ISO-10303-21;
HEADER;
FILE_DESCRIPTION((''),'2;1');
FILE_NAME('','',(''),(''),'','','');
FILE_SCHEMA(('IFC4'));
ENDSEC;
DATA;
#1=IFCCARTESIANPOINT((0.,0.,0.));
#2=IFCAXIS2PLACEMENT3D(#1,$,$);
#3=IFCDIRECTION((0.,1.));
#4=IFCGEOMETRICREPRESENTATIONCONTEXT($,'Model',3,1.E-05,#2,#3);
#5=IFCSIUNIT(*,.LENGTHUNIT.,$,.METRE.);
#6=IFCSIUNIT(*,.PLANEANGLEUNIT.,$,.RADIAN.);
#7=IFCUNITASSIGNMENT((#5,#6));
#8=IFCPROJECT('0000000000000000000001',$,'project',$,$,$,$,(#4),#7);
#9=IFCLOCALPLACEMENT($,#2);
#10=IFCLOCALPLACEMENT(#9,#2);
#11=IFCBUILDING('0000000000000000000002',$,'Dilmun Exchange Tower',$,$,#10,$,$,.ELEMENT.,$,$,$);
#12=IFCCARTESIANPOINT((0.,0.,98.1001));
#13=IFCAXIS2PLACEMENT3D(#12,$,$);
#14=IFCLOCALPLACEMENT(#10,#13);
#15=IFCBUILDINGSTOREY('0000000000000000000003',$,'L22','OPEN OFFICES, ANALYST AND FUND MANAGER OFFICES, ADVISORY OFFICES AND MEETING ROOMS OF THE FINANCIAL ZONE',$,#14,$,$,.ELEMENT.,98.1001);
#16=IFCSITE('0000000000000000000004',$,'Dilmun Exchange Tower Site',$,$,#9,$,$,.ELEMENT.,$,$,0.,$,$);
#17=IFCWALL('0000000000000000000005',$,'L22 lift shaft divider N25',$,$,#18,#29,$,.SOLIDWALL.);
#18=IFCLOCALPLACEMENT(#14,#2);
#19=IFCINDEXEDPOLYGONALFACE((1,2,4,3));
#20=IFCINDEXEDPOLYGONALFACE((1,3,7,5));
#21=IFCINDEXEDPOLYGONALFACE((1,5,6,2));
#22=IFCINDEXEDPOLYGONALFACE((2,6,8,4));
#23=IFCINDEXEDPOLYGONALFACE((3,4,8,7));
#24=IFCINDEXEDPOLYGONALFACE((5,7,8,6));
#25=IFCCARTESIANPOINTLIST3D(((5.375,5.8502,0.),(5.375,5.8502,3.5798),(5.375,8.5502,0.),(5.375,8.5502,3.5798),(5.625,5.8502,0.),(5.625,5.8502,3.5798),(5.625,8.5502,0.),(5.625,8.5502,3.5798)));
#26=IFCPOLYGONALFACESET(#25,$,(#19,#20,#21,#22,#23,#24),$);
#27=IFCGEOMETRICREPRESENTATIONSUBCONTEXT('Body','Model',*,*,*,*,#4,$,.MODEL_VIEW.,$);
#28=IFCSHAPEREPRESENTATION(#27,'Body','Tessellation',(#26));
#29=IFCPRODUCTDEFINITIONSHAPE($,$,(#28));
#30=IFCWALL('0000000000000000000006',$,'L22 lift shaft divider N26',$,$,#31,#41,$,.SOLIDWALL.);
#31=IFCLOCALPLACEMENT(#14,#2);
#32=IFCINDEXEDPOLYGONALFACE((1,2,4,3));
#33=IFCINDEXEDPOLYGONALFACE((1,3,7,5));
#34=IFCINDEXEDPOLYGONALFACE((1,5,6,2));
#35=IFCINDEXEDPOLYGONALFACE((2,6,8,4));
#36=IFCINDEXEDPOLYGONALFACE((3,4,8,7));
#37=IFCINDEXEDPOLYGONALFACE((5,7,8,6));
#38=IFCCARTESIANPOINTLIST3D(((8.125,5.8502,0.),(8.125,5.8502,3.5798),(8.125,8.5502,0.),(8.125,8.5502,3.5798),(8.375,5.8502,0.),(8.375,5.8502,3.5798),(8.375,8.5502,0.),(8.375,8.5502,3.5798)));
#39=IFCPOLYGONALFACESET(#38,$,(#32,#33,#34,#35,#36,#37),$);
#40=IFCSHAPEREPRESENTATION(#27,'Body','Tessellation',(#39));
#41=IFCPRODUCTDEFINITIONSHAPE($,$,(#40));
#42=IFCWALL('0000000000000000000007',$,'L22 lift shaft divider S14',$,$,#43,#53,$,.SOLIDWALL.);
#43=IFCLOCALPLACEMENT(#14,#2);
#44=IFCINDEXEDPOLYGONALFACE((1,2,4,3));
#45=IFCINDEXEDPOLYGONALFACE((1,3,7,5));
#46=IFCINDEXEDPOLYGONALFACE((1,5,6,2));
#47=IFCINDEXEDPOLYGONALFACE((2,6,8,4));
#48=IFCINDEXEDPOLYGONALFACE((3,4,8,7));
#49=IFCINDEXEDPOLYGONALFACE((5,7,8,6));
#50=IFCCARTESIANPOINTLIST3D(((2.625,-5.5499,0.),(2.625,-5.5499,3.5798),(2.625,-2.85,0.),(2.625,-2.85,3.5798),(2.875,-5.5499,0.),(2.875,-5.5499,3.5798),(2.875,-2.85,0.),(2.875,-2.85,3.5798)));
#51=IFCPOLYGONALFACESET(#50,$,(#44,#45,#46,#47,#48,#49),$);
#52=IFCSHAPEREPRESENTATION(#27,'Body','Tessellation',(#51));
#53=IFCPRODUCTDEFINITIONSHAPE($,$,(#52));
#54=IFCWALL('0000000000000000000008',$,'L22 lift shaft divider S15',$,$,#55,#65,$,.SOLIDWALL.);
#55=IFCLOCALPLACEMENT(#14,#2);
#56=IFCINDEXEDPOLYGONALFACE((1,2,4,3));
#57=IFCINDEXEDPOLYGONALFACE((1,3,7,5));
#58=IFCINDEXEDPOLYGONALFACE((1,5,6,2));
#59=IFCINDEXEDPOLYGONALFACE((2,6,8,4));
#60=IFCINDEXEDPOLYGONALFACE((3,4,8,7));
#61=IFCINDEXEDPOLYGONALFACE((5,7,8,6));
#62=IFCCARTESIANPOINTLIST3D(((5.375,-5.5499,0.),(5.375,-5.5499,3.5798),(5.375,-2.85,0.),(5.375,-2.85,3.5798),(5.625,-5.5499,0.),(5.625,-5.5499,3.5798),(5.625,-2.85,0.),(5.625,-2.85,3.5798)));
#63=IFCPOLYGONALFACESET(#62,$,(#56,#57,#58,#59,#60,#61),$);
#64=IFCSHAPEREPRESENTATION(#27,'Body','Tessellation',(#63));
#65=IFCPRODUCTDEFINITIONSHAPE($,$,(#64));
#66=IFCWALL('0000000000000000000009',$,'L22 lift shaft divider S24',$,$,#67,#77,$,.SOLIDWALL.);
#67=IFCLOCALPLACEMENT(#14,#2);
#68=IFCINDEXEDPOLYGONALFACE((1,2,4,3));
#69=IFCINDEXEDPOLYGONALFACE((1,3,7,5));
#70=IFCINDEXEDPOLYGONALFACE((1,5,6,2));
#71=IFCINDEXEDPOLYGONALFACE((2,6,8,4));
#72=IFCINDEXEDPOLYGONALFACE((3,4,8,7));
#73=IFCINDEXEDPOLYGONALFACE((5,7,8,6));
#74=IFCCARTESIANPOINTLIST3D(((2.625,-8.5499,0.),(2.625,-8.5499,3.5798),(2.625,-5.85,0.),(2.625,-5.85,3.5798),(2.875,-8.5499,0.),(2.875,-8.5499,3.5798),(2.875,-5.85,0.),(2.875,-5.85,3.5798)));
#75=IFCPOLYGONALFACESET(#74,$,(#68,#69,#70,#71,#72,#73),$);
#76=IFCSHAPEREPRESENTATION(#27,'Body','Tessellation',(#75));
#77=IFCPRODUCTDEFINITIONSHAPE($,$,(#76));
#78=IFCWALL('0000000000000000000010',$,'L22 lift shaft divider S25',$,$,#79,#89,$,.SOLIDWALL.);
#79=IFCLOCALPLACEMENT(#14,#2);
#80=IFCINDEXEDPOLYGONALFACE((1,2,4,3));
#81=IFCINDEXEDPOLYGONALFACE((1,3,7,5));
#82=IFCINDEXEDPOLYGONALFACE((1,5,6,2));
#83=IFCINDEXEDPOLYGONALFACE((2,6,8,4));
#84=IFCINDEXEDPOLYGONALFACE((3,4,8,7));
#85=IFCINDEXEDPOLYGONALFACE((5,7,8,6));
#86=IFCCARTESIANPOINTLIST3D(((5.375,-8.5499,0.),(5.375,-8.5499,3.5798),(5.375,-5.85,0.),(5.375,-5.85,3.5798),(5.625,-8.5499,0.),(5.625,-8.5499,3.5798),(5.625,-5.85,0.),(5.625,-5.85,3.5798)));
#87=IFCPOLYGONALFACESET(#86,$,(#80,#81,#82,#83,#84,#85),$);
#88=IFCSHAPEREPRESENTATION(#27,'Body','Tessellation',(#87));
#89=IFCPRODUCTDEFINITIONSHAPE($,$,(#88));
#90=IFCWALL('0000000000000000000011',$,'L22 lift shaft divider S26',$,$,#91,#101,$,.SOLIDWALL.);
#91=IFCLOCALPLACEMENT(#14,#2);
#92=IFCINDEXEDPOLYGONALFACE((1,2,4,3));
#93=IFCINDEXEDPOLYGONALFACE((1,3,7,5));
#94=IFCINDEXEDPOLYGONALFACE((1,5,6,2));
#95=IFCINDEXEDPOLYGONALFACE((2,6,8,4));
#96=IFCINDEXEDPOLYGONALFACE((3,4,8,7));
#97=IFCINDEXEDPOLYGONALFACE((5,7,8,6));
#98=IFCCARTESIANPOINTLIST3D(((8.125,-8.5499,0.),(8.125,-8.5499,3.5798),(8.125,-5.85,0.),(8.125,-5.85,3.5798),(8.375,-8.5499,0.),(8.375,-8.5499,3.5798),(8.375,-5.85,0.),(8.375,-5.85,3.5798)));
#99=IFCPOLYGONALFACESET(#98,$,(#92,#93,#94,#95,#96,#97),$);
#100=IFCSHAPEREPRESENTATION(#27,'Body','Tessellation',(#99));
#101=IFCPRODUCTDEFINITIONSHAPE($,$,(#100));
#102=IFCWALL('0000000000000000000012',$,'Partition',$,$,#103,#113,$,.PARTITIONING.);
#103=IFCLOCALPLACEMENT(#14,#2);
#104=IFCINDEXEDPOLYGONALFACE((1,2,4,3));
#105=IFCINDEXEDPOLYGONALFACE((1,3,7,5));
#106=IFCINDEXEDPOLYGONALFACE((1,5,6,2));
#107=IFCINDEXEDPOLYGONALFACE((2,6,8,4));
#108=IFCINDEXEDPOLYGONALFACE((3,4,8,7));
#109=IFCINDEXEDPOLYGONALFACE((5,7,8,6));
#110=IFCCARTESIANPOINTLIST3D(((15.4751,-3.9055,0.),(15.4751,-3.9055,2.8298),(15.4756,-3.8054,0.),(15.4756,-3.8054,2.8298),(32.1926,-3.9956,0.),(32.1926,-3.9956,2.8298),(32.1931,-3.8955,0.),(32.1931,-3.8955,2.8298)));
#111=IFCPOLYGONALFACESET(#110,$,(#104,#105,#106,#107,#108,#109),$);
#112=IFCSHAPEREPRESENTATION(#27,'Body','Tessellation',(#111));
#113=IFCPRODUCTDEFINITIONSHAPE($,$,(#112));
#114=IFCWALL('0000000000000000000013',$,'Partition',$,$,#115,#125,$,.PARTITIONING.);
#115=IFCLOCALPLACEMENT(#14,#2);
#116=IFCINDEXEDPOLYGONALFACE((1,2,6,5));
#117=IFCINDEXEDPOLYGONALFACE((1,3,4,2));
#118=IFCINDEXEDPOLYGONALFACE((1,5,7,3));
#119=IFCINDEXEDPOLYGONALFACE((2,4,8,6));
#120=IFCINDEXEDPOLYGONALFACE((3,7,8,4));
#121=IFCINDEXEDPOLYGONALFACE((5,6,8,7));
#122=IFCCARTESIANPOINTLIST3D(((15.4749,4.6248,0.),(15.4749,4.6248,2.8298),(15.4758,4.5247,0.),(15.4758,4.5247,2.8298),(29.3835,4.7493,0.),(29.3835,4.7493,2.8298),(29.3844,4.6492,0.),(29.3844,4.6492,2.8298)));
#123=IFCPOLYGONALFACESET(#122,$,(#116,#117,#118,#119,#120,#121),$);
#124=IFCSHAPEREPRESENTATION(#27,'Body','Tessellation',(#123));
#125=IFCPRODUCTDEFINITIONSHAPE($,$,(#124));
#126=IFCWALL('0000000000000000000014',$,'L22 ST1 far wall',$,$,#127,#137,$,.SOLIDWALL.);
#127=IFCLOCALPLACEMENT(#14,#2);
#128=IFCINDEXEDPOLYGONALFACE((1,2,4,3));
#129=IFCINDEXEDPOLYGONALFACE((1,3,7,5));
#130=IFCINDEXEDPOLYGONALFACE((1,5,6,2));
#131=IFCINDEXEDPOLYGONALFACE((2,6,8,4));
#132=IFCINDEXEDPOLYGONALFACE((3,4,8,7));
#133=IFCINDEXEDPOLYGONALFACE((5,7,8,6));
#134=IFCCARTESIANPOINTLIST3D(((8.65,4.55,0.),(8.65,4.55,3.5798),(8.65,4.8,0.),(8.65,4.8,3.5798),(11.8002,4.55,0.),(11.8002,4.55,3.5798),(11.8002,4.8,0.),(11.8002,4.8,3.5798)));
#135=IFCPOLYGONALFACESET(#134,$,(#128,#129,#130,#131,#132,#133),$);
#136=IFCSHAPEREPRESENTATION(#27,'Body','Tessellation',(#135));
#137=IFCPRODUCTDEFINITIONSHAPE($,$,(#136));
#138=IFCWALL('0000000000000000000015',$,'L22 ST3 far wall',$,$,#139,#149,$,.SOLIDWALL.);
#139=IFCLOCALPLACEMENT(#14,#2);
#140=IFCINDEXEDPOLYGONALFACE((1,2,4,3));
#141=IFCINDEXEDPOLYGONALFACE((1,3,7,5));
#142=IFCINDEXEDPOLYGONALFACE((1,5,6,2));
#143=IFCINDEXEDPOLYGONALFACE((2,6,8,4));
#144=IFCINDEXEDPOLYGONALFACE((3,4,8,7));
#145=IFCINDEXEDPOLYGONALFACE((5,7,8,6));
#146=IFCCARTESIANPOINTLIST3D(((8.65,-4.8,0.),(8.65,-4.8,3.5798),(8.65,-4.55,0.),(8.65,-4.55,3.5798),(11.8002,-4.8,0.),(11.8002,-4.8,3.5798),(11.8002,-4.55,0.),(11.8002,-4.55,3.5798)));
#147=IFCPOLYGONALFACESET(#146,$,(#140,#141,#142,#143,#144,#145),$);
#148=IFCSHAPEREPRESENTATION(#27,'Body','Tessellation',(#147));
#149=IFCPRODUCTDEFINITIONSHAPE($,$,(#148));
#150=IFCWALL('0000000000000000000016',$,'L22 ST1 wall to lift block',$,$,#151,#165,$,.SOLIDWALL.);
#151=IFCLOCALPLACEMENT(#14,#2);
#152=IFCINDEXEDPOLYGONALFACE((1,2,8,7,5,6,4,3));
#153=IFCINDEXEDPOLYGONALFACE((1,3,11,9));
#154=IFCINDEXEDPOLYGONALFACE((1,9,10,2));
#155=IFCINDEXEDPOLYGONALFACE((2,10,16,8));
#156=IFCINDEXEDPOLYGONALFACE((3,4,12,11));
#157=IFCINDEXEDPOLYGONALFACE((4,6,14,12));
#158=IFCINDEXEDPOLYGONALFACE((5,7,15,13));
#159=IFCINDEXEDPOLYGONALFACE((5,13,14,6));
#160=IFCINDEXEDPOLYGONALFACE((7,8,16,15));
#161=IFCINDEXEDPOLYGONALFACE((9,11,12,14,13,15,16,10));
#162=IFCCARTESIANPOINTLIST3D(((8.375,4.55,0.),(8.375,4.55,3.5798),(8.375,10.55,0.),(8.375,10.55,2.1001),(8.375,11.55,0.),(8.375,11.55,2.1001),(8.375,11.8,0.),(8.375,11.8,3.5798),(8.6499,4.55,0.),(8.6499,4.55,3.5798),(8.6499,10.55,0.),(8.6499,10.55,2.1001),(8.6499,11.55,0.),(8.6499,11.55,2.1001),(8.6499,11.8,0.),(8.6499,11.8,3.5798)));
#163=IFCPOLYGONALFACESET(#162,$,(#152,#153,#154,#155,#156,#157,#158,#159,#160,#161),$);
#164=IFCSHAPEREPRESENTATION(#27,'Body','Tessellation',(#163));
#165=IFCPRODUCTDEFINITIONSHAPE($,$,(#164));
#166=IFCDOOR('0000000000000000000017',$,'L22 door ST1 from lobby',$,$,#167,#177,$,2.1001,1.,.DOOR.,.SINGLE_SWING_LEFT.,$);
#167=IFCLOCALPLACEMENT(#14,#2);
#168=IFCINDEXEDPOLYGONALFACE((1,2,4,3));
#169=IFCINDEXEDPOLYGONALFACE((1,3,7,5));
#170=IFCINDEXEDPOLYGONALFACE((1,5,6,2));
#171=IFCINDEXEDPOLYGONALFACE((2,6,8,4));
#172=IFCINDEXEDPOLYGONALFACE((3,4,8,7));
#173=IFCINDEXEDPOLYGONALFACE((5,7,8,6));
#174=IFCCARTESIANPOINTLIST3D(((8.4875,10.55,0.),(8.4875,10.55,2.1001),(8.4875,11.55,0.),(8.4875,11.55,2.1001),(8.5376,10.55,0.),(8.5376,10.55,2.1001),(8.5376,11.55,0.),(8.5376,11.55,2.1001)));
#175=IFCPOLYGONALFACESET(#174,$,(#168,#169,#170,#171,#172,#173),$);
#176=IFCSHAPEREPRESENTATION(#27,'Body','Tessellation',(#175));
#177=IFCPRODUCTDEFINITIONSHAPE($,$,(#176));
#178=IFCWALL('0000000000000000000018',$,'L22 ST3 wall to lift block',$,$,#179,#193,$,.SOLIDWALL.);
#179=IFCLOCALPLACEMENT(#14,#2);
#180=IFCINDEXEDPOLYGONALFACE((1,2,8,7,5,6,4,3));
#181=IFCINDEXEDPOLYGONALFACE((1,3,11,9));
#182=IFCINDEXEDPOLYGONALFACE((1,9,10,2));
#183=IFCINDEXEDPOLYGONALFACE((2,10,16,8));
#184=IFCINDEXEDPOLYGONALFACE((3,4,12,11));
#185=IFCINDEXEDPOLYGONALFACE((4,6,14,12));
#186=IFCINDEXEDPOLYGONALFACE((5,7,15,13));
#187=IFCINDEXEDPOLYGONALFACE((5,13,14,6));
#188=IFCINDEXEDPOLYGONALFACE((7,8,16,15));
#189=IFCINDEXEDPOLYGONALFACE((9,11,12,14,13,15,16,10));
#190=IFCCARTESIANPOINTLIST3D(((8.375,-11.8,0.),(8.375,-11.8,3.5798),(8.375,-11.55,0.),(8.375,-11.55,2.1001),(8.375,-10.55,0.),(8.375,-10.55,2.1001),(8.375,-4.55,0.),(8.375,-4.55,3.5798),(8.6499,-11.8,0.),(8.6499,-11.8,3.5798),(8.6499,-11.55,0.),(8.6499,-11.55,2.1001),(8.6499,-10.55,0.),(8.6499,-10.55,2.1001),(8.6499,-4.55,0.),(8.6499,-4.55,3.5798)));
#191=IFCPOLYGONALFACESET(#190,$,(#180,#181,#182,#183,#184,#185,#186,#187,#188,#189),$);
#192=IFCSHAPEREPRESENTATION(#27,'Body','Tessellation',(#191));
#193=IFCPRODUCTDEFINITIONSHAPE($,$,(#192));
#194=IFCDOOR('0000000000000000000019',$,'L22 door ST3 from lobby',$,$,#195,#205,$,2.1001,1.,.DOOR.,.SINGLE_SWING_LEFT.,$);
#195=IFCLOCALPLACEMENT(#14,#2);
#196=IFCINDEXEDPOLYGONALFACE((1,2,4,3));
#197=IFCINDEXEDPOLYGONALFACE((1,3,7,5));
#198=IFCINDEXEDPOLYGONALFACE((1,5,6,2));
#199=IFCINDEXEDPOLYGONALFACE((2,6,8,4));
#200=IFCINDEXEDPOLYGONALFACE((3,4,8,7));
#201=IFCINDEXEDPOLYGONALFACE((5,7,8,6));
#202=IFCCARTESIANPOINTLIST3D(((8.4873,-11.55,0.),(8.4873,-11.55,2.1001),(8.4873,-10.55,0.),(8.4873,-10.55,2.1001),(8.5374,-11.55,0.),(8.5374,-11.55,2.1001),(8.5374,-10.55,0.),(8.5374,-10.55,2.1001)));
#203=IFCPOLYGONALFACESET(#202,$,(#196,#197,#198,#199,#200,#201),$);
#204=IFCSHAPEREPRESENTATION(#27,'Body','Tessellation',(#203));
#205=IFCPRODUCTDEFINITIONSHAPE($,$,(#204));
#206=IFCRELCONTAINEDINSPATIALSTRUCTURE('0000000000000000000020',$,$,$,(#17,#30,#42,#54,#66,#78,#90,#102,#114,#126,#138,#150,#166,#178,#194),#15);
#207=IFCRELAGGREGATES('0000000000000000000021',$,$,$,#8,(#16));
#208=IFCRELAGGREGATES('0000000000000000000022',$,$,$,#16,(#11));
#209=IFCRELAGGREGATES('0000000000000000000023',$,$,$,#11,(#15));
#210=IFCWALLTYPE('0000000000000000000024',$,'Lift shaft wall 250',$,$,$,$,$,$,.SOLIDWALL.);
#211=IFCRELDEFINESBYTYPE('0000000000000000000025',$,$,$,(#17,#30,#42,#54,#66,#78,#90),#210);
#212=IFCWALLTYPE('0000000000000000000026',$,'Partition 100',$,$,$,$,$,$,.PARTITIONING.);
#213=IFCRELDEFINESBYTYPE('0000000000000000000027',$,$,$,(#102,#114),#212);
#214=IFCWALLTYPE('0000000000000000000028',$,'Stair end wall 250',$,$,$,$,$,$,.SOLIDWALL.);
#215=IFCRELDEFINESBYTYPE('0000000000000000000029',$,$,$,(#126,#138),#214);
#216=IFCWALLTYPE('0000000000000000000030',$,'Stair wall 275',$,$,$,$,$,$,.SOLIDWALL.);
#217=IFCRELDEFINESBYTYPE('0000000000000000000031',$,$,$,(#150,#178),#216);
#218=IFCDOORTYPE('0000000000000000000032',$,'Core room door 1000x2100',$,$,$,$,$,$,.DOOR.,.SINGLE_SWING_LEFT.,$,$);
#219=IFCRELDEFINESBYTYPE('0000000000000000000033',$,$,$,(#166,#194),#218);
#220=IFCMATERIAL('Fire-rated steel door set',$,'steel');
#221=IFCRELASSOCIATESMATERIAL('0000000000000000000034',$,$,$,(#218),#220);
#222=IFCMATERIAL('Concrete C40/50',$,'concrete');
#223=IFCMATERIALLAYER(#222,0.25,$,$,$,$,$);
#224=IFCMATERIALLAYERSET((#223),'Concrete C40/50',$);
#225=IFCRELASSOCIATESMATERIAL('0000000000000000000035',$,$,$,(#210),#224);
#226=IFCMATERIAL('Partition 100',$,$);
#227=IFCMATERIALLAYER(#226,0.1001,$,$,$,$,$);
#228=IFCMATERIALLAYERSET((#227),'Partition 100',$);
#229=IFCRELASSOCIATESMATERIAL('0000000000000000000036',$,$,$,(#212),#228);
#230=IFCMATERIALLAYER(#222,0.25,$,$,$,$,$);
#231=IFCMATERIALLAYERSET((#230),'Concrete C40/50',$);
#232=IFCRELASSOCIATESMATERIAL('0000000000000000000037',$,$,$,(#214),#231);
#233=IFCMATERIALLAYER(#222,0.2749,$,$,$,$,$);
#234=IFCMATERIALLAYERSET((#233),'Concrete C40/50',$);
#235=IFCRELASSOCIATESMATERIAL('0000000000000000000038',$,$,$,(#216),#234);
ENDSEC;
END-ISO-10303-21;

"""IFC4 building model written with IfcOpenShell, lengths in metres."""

from ifc_helpers import new_model, si_unit, direction, frame, frame_2d, origin, place, context, subcontext, project, spatial, rectangle, extrude, material, layer, layer_set, type_object, element, fill, save


model = new_model("IFC4")

# Units and contexts
model_context = context("Model", 3, precision=1e-05, world=origin(), true_north=direction((0.0, 1.0)))
body_context = subcontext(model_context, "Body", "Model", "MODEL_VIEW")
ifc_project = project(units=[si_unit("LENGTHUNIT", "METRE"), si_unit("PLANEANGLEUNIT", "RADIAN")], contexts=[model_context])

# Site, building, storey
site_placement = place(None, origin())
site = spatial("IfcSite", under=ifc_project, at=site_placement, Name="Dilmun Exchange Tower Site", CompositionType="ELEMENT", RefElevation=0.0)
building_placement = place(site_placement, origin())
building = spatial("IfcBuilding", under=site, at=building_placement, Name="Dilmun Exchange Tower", CompositionType="ELEMENT")
storey_placement = place(building_placement, frame((0.0, 0.0, 98.1001)))
storey = spatial("IfcBuildingStorey", under=building, at=storey_placement, Name="L22", Description="OPEN OFFICES, ANALYST AND FUND MANAGER OFFICES, ADVISORY OFFICES AND MEETING ROOMS OF THE FINANCIAL ZONE", CompositionType="ELEMENT", Elevation=98.1001)

# Shared definitions
ifc_material_1 = material(Name="Concrete C40/50", Category="concrete")

# Shared definitions
ifc_material_2 = material(Name="Fire-rated steel door set", Category="steel")

# Shared definitions
door_type_1 = type_object("IfcDoorType", Name="Core room door 1000x2100", OperationType="SINGLE_SWING_LEFT", PredefinedType="DOOR", material=ifc_material_2)

# Walls
ifc_layer_1 = layer(ifc_material_1, 0.25)
ifc_layer_set_1 = layer_set([ifc_layer_1], Name="Concrete C40/50")
wall_type_1 = type_object("IfcWallType", Name="Lift shaft wall 250", PredefinedType="SOLIDWALL", material=ifc_layer_set_1)
for number, where, z_axis, x_axis, name in (
    (1, (5.5, 5.8501, 0.0), (0.0, 0.0, 1.0), (0.0, 1.0, 0.0), "L22 lift shaft divider N25"),
    (2, (8.25, 5.8501, 0.0), (0.0, 0.0, 1.0), (0.0, 1.0, 0.0), "L22 lift shaft divider N26"),
    (3, (2.75, -5.55, 0.0), (0.0, 0.0, 1.0), (0.0, 1.0, 0.0), "L22 lift shaft divider S14"),
    (4, (5.5, -5.55, 0.0), (0.0, 0.0, 1.0), (0.0, 1.0, 0.0), "L22 lift shaft divider S15"),
    (5, (2.75, -8.55, 0.0), (0.0, 0.0, 1.0), (0.0, 1.0, 0.0), "L22 lift shaft divider S24"),
    (6, (5.5, -8.55, 0.0), (0.0, 0.0, 1.0), (0.0, 1.0, 0.0), "L22 lift shaft divider S25"),
    (7, (8.25, -8.55, 0.0), (0.0, 0.0, 1.0), (0.0, 1.0, 0.0), "L22 lift shaft divider S26"),
):
    element("IfcWall", number, at=place(storey_placement, frame(where, z_axis=z_axis, x_axis=x_axis)), inside=storey, type_object=wall_type_1, Name=name, PredefinedType="SOLIDWALL", context=body_context, shape_type="SweptSolid", body=[
        extrude(rectangle(XDim=2.7, YDim=0.25, at=frame_2d((1.3501, 0.0))), origin(), (0.0, 0.0, 1.0), 3.5798),
    ])
ifc_material_3 = material(Name="Partition 100")
ifc_layer_2 = layer(ifc_material_3, 0.1001)
ifc_layer_set_2 = layer_set([ifc_layer_2], Name="Partition 100")
wall_type_2 = type_object("IfcWallType", Name="Partition 100", PredefinedType="PARTITIONING", material=ifc_layer_set_2)
wall_1_placement = place(storey_placement, frame((15.4753, -3.8555, 0.0), z_axis=(0.0, 0.0, 1.0), x_axis=(0.999985, -0.005389, 0.0)))
element("IfcWall", 8, at=wall_1_placement, inside=storey, type_object=wall_type_2, Name="Partition", PredefinedType="PARTITIONING", context=body_context, shape_type="SweptSolid", body=[
    extrude(rectangle(XDim=16.7178, YDim=0.1001, at=frame_2d((8.3589, 0.0))), origin(), (0.0, 0.0, 1.0), 2.8298),
])
wall_2_placement = place(storey_placement, frame((15.4753, 4.5747, 0.0), z_axis=(0.0, 0.0, 1.0), x_axis=(0.99996, 0.008952, 0.0)))
element("IfcWall", 9, at=wall_2_placement, inside=storey, type_object=wall_type_2, Name="Partition", PredefinedType="PARTITIONING", context=body_context, shape_type="SweptSolid", body=[
    extrude(rectangle(XDim=13.9092, YDim=0.1001, at=frame_2d((6.9546, 0.0))), origin(), (0.0, 0.0, 1.0), 2.8298),
])
ifc_layer_3 = layer(ifc_material_1, 0.25)
ifc_layer_set_3 = layer_set([ifc_layer_3], Name="Concrete C40/50")
wall_type_3 = type_object("IfcWallType", Name="Stair end wall 250", PredefinedType="SOLIDWALL", material=ifc_layer_set_3)
for number, where, z_axis, x_axis, name in (
    (10, (8.6499, 4.675, 0.0), (0.0, 0.0, 1.0), (1.0, 0.0, 0.0), "L22 ST1 far wall"),
    (11, (8.6499, -4.675, 0.0), (0.0, 0.0, 1.0), (1.0, 0.0, 0.0), "L22 ST3 far wall"),
):
    element("IfcWall", number, at=place(storey_placement, frame(where, z_axis=z_axis, x_axis=x_axis)), inside=storey, type_object=wall_type_3, Name=name, PredefinedType="SOLIDWALL", context=body_context, shape_type="SweptSolid", body=[
        extrude(rectangle(XDim=3.1501, YDim=0.25, at=frame_2d((1.5752, 0.0))), origin(), (0.0, 0.0, 1.0), 3.5798),
    ])

# Walls, openings, doors
ifc_layer_4 = layer(ifc_material_1, 0.2749)
ifc_layer_set_4 = layer_set([ifc_layer_4], Name="Concrete C40/50")
wall_type_4 = type_object("IfcWallType", Name="Stair wall 275", PredefinedType="SOLIDWALL", material=ifc_layer_set_4)
wall_3_placement = place(storey_placement, frame((8.5125, 4.55, 0.0), z_axis=(0.0, 0.0, 1.0), x_axis=(0.0, 1.0, 0.0)))
wall_3 = element("IfcWall", 12, at=wall_3_placement, inside=storey, type_object=wall_type_4, Name="L22 ST1 wall to lift block", PredefinedType="SOLIDWALL", context=body_context, shape_type="SweptSolid", body=[
    extrude(rectangle(XDim=7.25, YDim=0.2749, at=frame_2d((3.625, 0.0))), origin(), (0.0, 0.0, 1.0), 3.5798),
])
opening_1_placement = place(wall_3_placement, frame((6.0, 0.0, 0.0)))
opening_1 = element("IfcOpeningElement", 13, at=opening_1_placement, cuts=wall_3, PredefinedType="OPENING", context=body_context, shape_type="SweptSolid", body=[
    extrude(rectangle(XDim=1.0, YDim=2.1001, at=frame_2d((0.5, 1.05))), frame((0.0, 0.1475, 0.0), z_axis=(0.0, -1.0, 0.0), x_axis=(1.0, 0.0, 0.0)), (0.0, 0.0, 1.0), 0.2949),
])
door_1_placement = place(opening_1_placement, origin())
door_1 = element("IfcDoor", 14, at=door_1_placement, inside=storey, type_object=door_type_1, Name="L22 door ST1 from lobby", OperationType="SINGLE_SWING_LEFT", OverallHeight=2.1001, OverallWidth=1.0, PredefinedType="DOOR", context=body_context, shape_type="SweptSolid", body=[
    extrude(rectangle(XDim=1.0, YDim=2.1001, at=frame_2d((0.5, 1.05))), frame((0.0, 0.0249, 0.0), z_axis=(0.0, -1.0, 0.0), x_axis=(1.0, 0.0, 0.0)), (0.0, 0.0, 1.0), 0.05),
])
fill(opening_1, door_1)
wall_4_placement = place(storey_placement, frame((8.5125, -4.55, 0.0), z_axis=(0.0, 0.0, 1.0), x_axis=(0.0, -1.0, 0.0)))
wall_4 = element("IfcWall", 15, at=wall_4_placement, inside=storey, type_object=wall_type_4, Name="L22 ST3 wall to lift block", PredefinedType="SOLIDWALL", context=body_context, shape_type="SweptSolid", body=[
    extrude(rectangle(XDim=7.25, YDim=0.2749, at=frame_2d((3.625, 0.0))), origin(), (0.0, 0.0, 1.0), 3.5798),
])
opening_2_placement = place(wall_4_placement, frame((6.0, 0.0, 0.0)))
opening_2 = element("IfcOpeningElement", 16, at=opening_2_placement, cuts=wall_4, PredefinedType="OPENING", context=body_context, shape_type="SweptSolid", body=[
    extrude(rectangle(XDim=1.0, YDim=2.1001, at=frame_2d((0.5, 1.05))), frame((0.0, 0.1475, 0.0), z_axis=(0.0, -1.0, 0.0), x_axis=(1.0, 0.0, 0.0)), (0.0, 0.0, 1.0), 0.2949),
])
door_2_placement = place(opening_2_placement, origin())
door_2 = element("IfcDoor", 17, at=door_2_placement, inside=storey, type_object=door_type_1, Name="L22 door ST3 from lobby", OperationType="SINGLE_SWING_LEFT", OverallHeight=2.1001, OverallWidth=1.0, PredefinedType="DOOR", context=body_context, shape_type="SweptSolid", body=[
    extrude(rectangle(XDim=1.0, YDim=2.1001, at=frame_2d((0.5, 1.05))), frame((0.0, 0.0249, 0.0), z_axis=(0.0, -1.0, 0.0), x_axis=(1.0, 0.0, 0.0)), (0.0, 0.0, 1.0), 0.05),
])
fill(opening_2, door_2)

save(model, "model.ifc")
